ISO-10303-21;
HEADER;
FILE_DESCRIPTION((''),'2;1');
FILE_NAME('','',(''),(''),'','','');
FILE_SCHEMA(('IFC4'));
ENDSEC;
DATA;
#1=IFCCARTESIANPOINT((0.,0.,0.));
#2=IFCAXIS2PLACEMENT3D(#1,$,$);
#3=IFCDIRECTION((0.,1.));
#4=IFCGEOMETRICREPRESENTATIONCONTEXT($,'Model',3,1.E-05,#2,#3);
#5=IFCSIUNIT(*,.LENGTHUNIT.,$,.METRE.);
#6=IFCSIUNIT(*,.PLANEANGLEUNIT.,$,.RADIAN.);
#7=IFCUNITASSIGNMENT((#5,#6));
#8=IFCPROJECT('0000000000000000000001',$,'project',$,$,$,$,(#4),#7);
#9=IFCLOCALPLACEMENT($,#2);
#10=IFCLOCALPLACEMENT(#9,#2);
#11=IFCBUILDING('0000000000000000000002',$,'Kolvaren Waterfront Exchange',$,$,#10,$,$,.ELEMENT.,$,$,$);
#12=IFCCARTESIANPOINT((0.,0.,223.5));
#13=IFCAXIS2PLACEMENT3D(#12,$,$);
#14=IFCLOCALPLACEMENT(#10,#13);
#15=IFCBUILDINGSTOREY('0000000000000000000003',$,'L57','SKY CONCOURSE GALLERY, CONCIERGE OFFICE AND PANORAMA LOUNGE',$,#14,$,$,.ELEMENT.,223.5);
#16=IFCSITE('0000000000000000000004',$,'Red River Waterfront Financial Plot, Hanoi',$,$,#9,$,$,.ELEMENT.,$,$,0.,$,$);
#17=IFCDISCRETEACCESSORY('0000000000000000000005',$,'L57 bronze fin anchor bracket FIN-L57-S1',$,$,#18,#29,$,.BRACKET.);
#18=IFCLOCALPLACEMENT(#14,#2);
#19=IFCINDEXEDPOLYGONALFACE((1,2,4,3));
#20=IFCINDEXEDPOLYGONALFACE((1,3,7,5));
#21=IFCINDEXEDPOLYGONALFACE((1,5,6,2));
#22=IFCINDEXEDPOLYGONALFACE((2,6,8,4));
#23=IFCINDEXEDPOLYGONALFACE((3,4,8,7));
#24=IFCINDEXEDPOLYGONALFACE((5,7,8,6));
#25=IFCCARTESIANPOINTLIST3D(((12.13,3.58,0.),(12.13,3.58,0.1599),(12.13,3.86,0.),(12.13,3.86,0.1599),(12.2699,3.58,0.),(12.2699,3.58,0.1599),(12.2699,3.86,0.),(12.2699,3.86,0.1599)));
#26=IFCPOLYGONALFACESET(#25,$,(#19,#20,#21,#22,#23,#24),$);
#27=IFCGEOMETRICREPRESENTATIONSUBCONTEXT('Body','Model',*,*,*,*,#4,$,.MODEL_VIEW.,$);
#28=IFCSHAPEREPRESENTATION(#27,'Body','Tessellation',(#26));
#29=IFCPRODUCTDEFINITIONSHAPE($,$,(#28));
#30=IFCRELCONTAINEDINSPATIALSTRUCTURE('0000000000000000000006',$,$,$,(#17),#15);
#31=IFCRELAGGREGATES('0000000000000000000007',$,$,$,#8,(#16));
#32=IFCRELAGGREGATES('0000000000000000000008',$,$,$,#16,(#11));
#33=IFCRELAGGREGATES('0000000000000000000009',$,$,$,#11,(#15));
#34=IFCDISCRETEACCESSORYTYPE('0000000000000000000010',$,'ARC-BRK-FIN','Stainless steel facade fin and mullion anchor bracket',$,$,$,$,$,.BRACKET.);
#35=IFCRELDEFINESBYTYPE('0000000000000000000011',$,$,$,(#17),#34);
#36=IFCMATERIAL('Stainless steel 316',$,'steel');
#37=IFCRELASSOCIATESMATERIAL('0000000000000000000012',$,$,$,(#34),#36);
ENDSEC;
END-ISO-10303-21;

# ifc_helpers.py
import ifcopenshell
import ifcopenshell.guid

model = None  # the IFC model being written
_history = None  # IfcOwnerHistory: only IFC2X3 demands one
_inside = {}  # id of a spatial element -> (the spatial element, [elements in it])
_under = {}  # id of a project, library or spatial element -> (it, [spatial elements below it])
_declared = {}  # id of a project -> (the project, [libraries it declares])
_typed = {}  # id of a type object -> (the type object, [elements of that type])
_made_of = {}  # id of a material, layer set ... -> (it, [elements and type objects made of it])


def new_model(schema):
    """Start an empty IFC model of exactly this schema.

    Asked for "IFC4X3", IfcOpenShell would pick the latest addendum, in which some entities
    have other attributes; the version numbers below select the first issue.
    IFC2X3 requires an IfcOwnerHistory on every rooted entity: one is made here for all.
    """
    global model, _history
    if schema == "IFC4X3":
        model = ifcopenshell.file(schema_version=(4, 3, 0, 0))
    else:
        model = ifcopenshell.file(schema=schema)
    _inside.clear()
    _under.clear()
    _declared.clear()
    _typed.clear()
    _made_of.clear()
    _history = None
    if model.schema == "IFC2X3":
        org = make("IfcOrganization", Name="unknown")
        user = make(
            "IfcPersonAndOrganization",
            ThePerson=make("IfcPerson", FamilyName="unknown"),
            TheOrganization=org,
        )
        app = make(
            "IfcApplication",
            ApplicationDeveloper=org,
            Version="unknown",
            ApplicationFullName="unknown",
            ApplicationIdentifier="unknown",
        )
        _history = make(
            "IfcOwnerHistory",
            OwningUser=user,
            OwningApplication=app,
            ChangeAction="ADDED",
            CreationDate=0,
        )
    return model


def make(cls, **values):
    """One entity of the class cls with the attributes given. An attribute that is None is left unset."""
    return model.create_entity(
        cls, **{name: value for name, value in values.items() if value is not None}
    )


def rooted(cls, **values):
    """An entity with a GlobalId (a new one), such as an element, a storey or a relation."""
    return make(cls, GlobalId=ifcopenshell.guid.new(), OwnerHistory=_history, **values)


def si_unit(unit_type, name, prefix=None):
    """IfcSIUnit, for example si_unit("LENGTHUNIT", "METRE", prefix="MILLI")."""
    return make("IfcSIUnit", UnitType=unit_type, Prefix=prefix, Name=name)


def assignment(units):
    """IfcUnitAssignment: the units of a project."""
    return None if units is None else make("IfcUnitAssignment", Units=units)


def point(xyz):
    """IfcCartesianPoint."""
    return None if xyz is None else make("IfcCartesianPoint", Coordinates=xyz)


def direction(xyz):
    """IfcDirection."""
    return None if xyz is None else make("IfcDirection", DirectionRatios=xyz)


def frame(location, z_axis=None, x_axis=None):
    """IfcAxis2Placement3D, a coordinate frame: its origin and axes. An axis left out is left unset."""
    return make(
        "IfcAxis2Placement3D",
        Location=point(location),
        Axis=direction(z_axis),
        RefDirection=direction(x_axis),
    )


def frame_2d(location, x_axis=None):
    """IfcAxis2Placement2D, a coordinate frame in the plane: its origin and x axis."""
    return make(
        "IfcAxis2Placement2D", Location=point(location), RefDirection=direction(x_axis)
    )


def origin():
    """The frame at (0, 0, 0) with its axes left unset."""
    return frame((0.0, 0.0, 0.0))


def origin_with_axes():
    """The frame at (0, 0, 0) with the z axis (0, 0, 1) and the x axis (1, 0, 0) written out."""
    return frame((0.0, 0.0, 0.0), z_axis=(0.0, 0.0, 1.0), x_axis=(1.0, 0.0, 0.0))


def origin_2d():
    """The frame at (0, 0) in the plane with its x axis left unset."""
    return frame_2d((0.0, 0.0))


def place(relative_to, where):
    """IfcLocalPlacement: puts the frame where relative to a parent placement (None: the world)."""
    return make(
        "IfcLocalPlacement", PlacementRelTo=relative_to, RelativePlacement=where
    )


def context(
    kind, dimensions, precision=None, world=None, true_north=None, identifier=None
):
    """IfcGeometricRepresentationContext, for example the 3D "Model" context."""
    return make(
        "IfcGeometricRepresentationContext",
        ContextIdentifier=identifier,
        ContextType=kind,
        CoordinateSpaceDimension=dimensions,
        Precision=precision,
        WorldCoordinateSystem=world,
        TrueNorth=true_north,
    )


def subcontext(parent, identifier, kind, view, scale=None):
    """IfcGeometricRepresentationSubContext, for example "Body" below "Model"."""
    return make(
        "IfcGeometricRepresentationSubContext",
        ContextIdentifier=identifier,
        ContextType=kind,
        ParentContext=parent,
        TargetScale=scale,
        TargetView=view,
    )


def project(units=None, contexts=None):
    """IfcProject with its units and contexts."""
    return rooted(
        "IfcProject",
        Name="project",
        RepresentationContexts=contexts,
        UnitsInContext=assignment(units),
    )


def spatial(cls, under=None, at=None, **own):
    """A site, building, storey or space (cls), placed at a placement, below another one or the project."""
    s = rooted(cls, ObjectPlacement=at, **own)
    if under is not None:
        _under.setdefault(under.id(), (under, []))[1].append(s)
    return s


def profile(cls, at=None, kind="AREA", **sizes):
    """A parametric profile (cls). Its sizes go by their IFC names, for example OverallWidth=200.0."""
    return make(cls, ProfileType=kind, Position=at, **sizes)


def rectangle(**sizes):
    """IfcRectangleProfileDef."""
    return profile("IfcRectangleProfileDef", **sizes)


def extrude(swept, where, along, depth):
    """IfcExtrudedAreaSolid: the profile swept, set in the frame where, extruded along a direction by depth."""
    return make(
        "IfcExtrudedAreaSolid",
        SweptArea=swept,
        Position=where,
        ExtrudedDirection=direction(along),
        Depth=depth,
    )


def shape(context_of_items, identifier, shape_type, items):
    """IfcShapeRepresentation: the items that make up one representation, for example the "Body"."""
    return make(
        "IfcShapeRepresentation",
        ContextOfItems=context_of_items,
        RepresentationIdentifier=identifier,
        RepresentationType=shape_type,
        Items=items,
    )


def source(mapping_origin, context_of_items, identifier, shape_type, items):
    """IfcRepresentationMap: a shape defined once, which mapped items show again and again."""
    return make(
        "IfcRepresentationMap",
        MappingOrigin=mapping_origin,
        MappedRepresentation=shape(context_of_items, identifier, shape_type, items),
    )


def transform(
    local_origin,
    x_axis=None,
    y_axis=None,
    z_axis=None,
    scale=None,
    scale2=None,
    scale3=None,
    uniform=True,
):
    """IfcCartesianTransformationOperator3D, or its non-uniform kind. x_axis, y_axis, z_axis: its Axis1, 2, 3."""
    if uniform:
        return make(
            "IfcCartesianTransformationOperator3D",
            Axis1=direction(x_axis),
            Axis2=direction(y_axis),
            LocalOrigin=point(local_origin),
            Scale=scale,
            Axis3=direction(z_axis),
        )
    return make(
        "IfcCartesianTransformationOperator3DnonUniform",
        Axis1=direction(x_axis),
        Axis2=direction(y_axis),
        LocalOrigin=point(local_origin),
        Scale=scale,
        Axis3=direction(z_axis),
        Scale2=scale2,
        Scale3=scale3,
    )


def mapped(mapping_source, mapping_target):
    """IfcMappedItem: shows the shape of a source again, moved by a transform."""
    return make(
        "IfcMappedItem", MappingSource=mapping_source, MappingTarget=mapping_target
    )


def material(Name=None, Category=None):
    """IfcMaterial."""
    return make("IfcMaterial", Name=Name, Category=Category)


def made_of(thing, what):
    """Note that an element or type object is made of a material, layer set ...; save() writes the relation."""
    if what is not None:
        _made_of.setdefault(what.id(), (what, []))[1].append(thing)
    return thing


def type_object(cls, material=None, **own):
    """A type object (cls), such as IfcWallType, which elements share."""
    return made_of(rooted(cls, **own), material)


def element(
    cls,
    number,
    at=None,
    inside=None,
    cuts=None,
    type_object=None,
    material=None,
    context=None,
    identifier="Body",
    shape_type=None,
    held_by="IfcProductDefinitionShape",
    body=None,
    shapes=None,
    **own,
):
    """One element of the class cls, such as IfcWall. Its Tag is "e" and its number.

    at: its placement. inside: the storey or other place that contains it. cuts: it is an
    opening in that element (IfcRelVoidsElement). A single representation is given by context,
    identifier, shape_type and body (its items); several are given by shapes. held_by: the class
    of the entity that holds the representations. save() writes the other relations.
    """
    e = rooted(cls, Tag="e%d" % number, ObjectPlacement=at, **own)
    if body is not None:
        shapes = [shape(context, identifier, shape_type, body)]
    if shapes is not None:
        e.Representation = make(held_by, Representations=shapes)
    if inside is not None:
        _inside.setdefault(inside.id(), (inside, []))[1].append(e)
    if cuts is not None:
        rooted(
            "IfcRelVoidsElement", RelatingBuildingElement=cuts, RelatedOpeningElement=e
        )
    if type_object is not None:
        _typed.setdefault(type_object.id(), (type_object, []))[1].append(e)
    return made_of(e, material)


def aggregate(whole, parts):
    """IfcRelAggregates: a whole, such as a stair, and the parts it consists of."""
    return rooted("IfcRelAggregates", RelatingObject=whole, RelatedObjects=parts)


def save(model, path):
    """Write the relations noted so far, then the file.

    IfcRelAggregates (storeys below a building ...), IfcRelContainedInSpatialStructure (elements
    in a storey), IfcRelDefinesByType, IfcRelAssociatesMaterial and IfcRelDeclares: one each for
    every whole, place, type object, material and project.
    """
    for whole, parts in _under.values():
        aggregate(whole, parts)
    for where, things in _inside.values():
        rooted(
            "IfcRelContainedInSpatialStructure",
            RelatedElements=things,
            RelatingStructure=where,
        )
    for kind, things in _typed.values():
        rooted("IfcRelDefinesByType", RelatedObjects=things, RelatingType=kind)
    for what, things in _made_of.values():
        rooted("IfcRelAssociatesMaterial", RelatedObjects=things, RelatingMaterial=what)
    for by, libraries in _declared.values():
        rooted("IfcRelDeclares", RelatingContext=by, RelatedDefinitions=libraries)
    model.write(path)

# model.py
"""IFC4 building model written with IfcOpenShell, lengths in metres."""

from ifc_helpers import new_model, si_unit, direction, frame, origin, origin_with_axes, origin_2d, place, context, subcontext, project, spatial, rectangle, extrude, source, transform, mapped, material, type_object, element, save


model = new_model("IFC4")

# Units and contexts
model_context = context("Model", 3, precision=1e-05, world=origin(), true_north=direction((0.0, 1.0)))
body_context = subcontext(model_context, "Body", "Model", "MODEL_VIEW")
ifc_project = project(units=[si_unit("LENGTHUNIT", "METRE"), si_unit("PLANEANGLEUNIT", "RADIAN")], contexts=[model_context])

# Site, building, storey
site_placement = place(None, origin())
site = spatial("IfcSite", under=ifc_project, at=site_placement, Name="Red River Waterfront Financial Plot, Hanoi", CompositionType="ELEMENT", RefElevation=0.0)
building_placement = place(site_placement, origin())
building = spatial("IfcBuilding", under=site, at=building_placement, Name="Kolvaren Waterfront Exchange", CompositionType="ELEMENT")
storey_placement = place(building_placement, frame((0.0, 0.0, 223.5)))
storey = spatial("IfcBuildingStorey", under=building, at=storey_placement, Name="L57", Description="SKY CONCOURSE GALLERY, CONCIERGE OFFICE AND PANORAMA LOUNGE", CompositionType="ELEMENT", Elevation=223.5)

# Discrete accessory
ifc_material_1 = material(Name="Stainless steel 316", Category="steel")
discrete_accessory_type = type_object("IfcDiscreteAccessoryType", Name="ARC-BRK-FIN", Description="Stainless steel facade fin and mullion anchor bracket", PredefinedType="BRACKET", material=ifc_material_1)
shared_shape_1 = source(origin_with_axes(), body_context, "Body", "SweptSolid", [
    extrude(rectangle(XDim=0.28, YDim=0.1399, at=origin_2d()), origin(), (0.0, 0.0, 1.0), 0.1599),
])
discrete_accessory_placement = place(storey_placement, frame((12.2, 3.72, 0.0), z_axis=(0.0, 0.0, 1.0), x_axis=(0.0, -1.0, 0.0)))
element("IfcDiscreteAccessory", 1, at=discrete_accessory_placement, inside=storey, type_object=discrete_accessory_type, Name="L57 bronze fin anchor bracket FIN-L57-S1", PredefinedType="BRACKET", context=body_context, shape_type="MappedRepresentation", body=[
    mapped(shared_shape_1, transform((0.0, 0.0, 0.0), x_axis=(1.0, 0.0, 0.0), y_axis=(0.0, 1.0, 0.0), z_axis=(0.0, 0.0, 1.0), scale=1.0)),
])

save(model, "model.ifc")
